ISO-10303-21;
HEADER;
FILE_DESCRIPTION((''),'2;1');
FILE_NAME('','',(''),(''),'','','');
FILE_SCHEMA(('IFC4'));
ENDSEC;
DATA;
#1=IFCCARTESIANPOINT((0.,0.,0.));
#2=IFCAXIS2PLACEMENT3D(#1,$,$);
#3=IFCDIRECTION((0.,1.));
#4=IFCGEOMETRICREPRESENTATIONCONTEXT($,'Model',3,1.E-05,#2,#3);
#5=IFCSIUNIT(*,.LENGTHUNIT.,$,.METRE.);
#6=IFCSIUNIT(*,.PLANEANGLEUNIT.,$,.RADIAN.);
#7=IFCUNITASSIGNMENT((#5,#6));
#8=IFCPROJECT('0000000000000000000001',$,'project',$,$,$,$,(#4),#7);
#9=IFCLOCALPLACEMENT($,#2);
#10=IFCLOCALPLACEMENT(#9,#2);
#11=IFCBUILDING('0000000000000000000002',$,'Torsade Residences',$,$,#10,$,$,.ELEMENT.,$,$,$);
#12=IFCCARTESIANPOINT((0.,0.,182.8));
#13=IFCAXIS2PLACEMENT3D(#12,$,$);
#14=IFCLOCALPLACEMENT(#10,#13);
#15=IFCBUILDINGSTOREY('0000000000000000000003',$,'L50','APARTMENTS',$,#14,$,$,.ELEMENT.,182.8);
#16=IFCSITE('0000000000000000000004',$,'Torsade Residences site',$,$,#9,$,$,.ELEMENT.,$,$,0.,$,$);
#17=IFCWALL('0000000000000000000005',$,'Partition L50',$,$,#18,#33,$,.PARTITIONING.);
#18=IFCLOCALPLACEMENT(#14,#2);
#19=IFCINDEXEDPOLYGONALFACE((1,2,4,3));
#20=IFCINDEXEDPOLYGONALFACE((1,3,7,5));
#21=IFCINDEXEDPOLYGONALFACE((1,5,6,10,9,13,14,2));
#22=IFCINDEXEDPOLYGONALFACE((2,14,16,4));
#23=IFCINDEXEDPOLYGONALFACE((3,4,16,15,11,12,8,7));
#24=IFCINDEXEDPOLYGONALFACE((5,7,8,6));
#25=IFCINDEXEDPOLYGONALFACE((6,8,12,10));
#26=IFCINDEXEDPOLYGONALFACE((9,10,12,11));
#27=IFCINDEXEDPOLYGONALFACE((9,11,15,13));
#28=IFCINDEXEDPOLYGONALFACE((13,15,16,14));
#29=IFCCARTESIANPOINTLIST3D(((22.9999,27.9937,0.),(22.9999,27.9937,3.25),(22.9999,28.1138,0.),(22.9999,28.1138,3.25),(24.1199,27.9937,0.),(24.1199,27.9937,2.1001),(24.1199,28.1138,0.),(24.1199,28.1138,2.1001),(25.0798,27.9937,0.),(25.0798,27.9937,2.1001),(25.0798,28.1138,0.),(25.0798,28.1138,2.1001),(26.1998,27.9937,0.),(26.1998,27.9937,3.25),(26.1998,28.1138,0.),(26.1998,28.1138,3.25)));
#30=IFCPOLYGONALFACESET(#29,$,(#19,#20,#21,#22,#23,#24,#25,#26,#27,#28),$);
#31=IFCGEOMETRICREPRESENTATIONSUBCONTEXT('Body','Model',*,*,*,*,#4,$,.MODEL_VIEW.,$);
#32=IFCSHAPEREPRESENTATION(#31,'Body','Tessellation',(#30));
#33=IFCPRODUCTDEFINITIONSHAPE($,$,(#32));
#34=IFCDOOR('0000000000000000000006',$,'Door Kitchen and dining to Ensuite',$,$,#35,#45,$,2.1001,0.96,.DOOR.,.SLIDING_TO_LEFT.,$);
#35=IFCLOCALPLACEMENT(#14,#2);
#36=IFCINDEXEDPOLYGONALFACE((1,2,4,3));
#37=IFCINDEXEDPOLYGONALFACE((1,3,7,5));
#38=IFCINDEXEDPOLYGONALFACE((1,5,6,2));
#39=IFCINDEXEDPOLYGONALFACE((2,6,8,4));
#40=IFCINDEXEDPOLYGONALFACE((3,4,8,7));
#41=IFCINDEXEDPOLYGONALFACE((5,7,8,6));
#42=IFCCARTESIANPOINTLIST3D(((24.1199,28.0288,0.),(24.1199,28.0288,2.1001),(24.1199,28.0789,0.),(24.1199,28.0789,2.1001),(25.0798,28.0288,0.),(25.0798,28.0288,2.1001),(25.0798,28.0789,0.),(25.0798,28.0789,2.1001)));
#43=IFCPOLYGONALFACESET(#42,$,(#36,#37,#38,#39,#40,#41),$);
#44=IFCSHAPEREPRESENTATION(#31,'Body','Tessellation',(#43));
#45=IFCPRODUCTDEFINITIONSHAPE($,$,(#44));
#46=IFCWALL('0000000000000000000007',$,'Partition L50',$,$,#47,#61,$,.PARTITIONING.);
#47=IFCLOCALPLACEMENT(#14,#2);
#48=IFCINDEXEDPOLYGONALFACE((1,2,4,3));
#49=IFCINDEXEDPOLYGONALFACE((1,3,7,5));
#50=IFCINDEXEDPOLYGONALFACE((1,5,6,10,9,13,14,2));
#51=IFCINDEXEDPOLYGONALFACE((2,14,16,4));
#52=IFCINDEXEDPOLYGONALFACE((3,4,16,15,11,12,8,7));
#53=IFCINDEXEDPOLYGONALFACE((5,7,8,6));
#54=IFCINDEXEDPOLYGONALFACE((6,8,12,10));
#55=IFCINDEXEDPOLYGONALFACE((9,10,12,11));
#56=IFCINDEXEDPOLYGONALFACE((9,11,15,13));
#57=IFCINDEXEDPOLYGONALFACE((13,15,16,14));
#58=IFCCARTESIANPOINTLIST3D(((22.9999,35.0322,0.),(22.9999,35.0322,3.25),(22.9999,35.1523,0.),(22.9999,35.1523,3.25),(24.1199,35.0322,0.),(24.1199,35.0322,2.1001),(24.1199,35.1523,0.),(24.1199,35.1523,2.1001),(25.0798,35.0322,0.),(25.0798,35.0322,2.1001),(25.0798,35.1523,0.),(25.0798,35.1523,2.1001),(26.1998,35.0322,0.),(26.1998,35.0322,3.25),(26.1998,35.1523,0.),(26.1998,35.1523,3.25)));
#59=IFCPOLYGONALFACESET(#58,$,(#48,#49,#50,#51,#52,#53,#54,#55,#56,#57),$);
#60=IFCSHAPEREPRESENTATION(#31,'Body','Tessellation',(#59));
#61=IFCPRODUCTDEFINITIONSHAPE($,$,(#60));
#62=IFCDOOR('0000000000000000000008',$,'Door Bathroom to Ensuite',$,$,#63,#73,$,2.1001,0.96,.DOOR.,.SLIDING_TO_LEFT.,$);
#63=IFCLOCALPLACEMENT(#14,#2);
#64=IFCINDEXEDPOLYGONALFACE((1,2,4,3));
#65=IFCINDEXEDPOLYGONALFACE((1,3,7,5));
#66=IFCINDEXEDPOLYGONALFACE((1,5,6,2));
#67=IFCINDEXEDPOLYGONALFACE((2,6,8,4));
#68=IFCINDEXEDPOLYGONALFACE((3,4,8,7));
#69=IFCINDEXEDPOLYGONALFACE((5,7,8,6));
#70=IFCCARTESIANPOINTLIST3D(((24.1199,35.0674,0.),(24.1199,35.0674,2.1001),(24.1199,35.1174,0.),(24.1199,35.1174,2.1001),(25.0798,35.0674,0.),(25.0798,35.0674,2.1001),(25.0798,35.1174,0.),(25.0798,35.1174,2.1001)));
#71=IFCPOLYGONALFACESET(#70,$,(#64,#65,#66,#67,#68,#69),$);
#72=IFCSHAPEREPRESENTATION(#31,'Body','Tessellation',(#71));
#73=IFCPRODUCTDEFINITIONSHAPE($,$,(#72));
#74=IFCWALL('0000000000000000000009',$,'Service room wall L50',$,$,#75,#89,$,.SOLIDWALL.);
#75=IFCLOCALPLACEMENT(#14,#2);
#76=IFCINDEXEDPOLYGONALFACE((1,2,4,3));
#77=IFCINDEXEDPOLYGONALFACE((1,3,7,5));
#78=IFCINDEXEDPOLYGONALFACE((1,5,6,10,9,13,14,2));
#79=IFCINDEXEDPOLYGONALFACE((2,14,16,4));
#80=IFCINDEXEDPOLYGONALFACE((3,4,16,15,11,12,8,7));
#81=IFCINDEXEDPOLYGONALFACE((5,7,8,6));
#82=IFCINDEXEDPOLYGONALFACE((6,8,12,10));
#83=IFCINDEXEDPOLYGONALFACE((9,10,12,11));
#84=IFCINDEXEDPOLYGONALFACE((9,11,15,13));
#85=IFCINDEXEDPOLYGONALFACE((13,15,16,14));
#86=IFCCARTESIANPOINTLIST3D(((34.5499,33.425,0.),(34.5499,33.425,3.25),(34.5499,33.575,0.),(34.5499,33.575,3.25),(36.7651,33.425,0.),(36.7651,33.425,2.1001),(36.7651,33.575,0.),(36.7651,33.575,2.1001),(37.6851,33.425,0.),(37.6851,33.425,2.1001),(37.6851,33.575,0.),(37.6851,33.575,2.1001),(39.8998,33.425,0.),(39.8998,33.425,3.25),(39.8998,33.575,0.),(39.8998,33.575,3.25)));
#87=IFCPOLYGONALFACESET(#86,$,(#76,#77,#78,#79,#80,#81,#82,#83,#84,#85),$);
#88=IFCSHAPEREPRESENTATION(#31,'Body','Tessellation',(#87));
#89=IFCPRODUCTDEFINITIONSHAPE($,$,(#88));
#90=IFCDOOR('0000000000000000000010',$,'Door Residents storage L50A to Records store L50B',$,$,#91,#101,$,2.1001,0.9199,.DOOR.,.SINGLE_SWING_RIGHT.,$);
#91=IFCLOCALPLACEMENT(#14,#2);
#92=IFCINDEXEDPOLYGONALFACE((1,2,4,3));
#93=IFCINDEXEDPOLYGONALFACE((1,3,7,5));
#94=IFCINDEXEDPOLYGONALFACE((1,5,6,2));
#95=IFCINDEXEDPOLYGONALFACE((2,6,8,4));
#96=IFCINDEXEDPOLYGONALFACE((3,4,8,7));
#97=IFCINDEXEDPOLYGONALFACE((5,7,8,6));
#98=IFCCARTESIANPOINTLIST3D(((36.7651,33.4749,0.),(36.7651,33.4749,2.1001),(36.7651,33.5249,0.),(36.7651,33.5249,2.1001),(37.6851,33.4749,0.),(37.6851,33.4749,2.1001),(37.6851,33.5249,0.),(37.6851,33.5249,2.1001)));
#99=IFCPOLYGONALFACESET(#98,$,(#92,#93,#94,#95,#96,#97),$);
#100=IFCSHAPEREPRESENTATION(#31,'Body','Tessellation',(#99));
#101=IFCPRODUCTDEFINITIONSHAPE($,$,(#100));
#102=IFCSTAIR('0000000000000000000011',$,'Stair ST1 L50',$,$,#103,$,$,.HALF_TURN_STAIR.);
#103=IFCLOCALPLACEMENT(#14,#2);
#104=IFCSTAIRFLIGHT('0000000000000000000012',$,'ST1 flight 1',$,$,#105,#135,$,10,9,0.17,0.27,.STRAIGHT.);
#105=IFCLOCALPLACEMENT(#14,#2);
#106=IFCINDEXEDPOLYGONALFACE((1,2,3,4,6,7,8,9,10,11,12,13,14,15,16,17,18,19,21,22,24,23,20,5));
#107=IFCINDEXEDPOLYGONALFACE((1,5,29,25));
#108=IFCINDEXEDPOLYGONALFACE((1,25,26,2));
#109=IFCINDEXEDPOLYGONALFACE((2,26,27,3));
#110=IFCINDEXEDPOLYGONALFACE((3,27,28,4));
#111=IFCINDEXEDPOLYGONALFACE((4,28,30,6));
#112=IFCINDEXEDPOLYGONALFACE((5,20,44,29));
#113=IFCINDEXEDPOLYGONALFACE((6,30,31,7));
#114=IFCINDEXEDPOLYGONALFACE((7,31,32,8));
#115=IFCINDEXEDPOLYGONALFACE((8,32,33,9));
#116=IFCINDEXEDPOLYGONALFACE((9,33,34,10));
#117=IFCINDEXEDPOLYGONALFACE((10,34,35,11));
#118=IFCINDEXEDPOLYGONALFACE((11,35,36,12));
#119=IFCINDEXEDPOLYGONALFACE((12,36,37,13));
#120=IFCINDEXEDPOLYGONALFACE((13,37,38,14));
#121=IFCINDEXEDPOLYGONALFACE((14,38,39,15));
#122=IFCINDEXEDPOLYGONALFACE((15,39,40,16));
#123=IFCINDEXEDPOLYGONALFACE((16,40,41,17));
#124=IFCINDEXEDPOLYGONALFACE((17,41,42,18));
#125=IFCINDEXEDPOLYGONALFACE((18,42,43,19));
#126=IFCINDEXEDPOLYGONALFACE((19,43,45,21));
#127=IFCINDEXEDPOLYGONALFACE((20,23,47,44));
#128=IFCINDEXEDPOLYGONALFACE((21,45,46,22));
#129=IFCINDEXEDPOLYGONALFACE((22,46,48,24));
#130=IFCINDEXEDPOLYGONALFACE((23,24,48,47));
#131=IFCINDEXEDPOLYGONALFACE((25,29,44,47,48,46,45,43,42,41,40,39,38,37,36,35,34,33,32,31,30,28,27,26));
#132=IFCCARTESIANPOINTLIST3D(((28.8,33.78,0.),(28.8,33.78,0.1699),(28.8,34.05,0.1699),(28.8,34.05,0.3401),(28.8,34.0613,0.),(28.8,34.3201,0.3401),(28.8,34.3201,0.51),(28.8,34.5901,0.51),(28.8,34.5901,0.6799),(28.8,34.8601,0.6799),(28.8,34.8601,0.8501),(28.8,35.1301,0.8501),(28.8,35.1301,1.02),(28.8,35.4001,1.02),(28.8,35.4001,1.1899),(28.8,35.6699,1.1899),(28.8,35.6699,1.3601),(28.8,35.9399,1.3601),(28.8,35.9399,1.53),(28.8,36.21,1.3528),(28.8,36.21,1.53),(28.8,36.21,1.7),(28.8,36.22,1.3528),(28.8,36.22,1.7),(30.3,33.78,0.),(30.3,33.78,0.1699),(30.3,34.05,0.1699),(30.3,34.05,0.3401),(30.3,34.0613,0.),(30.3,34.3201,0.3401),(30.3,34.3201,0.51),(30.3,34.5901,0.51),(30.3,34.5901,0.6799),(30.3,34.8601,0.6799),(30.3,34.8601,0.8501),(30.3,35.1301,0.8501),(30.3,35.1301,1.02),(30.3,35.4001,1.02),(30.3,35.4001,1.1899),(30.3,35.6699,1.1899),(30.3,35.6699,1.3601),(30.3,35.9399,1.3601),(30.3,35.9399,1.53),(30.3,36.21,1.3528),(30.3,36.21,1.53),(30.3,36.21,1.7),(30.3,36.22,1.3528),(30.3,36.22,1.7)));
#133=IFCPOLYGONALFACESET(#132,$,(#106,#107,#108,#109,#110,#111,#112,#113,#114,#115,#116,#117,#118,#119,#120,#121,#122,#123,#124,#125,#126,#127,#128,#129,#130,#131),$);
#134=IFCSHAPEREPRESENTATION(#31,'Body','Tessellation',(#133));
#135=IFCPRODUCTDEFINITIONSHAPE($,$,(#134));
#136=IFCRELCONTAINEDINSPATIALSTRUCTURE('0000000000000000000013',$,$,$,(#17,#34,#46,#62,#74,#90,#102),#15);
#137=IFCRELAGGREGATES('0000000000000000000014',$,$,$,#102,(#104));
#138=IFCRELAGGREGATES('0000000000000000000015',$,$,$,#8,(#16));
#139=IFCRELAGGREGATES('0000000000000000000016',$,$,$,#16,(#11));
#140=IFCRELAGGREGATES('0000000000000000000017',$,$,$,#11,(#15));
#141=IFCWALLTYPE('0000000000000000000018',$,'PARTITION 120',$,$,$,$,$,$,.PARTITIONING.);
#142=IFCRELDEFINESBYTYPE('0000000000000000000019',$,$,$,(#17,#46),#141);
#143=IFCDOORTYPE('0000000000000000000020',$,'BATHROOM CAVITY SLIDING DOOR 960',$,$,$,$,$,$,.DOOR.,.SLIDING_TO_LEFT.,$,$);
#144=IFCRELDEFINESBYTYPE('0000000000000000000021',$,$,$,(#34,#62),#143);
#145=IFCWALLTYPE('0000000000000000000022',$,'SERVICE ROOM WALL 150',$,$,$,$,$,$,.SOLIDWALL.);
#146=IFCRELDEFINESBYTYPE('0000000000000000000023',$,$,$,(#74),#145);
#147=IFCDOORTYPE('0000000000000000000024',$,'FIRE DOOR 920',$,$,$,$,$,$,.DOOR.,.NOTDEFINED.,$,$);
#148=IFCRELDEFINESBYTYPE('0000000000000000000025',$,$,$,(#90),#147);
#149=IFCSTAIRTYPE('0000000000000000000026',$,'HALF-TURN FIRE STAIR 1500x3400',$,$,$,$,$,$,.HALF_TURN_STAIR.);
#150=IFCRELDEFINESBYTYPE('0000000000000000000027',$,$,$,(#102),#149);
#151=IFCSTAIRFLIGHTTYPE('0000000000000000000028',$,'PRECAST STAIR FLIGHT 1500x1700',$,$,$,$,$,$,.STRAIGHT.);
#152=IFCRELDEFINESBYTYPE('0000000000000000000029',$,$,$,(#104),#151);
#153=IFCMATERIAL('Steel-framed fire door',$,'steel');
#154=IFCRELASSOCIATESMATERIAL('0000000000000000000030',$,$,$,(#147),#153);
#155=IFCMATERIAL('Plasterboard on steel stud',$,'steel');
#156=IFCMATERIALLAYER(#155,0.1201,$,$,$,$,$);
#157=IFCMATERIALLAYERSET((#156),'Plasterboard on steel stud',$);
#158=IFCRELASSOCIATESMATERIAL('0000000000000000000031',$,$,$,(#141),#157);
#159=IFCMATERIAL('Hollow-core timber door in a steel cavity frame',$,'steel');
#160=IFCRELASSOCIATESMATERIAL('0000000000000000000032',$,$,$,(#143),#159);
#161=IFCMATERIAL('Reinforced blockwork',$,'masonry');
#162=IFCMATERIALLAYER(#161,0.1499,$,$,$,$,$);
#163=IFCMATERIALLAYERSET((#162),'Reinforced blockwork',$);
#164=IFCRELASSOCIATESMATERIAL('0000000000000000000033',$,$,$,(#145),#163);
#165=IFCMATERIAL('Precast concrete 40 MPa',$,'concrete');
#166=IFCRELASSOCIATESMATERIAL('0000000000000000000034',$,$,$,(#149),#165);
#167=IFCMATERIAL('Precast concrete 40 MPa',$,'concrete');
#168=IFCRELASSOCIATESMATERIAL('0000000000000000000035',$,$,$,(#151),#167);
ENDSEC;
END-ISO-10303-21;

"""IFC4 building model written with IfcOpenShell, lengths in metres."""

from ifc_helpers import new_model, si_unit, direction, frame, frame_2d, origin, place, context, subcontext, project, spatial, polyline, rectangle, outline, extrude, material, layer, layer_set, type_object, element, fill, aggregate, save


model = new_model("IFC4")

# Units and contexts
model_context = context("Model", 3, precision=1e-05, world=origin(), true_north=direction((0.0, 1.0)))
body_context = subcontext(model_context, "Body", "Model", "MODEL_VIEW")
ifc_project = project(units=[si_unit("LENGTHUNIT", "METRE"), si_unit("PLANEANGLEUNIT", "RADIAN")], contexts=[model_context])

# Site, building, storey
site_placement = place(None, origin())
site = spatial("IfcSite", under=ifc_project, at=site_placement, Name="Torsade Residences site", CompositionType="ELEMENT", RefElevation=0.0)
building_placement = place(site_placement, origin())
building = spatial("IfcBuilding", under=site, at=building_placement, Name="Torsade Residences", CompositionType="ELEMENT")
storey_placement = place(building_placement, frame((0.0, 0.0, 182.8)))
storey = spatial("IfcBuildingStorey", under=building, at=storey_placement, Name="L50", Description="APARTMENTS", CompositionType="ELEMENT", Elevation=182.8)

# Shared definitions
ifc_material_1 = material(Name="Steel-framed fire door", Category="steel")
door_type_1 = type_object("IfcDoorType", Name="FIRE DOOR 920", OperationType="NOTDEFINED", PredefinedType="DOOR", material=ifc_material_1)

# Walls, openings, doors
ifc_material_2 = material(Name="Plasterboard on steel stud", Category="steel")
ifc_layer_1 = layer(ifc_material_2, 0.1201)
ifc_layer_set_1 = layer_set([ifc_layer_1], Name="Plasterboard on steel stud")
wall_type_1 = type_object("IfcWallType", Name="PARTITION 120", PredefinedType="PARTITIONING", material=ifc_layer_set_1)
wall_1_placement = place(storey_placement, frame((26.2, 28.0537, 0.0), z_axis=(0.0, 0.0, 1.0), x_axis=(-1.0, 0.0, 0.0)))
wall_1 = element("IfcWall", 1, at=wall_1_placement, inside=storey, type_object=wall_type_1, Name="Partition L50", PredefinedType="PARTITIONING", context=body_context, shape_type="SweptSolid", body=[
    extrude(rectangle(XDim=3.2, YDim=0.1201, at=frame_2d((1.6001, 0.0))), origin(), (0.0, 0.0, 1.0), 3.25),
])
opening_1_placement = place(wall_1_placement, frame((1.1201, 0.0, 0.0)))
opening_1 = element("IfcOpeningElement", 2, at=opening_1_placement, cuts=wall_1, PredefinedType="OPENING", context=body_context, shape_type="SweptSolid", body=[
    extrude(rectangle(XDim=0.96, YDim=2.1001, at=frame_2d((0.48, 1.05))), frame((0.0, 0.0701, 0.0), z_axis=(0.0, -1.0, 0.0), x_axis=(1.0, 0.0, 0.0)), (0.0, 0.0, 1.0), 0.1401),
])
ifc_material_3 = material(Name="Hollow-core timber door in a steel cavity frame", Category="steel")
door_type_2 = type_object("IfcDoorType", Name="BATHROOM CAVITY SLIDING DOOR 960", OperationType="SLIDING_TO_LEFT", PredefinedType="DOOR", material=ifc_material_3)
door_1_placement = place(opening_1_placement, origin())
door_1 = element("IfcDoor", 3, at=door_1_placement, inside=storey, type_object=door_type_2, Name="Door Kitchen and dining to Ensuite", OperationType="SLIDING_TO_LEFT", OverallHeight=2.1001, OverallWidth=0.96, PredefinedType="DOOR", context=body_context, shape_type="SweptSolid", body=[
    extrude(rectangle(XDim=0.96, YDim=2.1001, at=frame_2d((0.48, 1.05))), frame((0.0, 0.0249, 0.0), z_axis=(0.0, -1.0, 0.0), x_axis=(1.0, 0.0, 0.0)), (0.0, 0.0, 1.0), 0.05),
])
fill(opening_1, door_1)
wall_2_placement = place(storey_placement, frame((26.2, 35.0923, 0.0), z_axis=(0.0, 0.0, 1.0), x_axis=(-1.0, 0.0, 0.0)))
wall_2 = element("IfcWall", 4, at=wall_2_placement, inside=storey, type_object=wall_type_1, Name="Partition L50", PredefinedType="PARTITIONING", context=body_context, shape_type="SweptSolid", body=[
    extrude(rectangle(XDim=3.2, YDim=0.1201, at=frame_2d((1.6001, 0.0))), origin(), (0.0, 0.0, 1.0), 3.25),
])
opening_2_placement = place(wall_2_placement, frame((1.1201, 0.0, 0.0)))
opening_2 = element("IfcOpeningElement", 5, at=opening_2_placement, cuts=wall_2, PredefinedType="OPENING", context=body_context, shape_type="SweptSolid", body=[
    extrude(rectangle(XDim=0.96, YDim=2.1001, at=frame_2d((0.48, 1.05))), frame((0.0, 0.0701, 0.0), z_axis=(0.0, -1.0, 0.0), x_axis=(1.0, 0.0, 0.0)), (0.0, 0.0, 1.0), 0.1401),
])
door_2_placement = place(opening_2_placement, origin())
door_2 = element("IfcDoor", 6, at=door_2_placement, inside=storey, type_object=door_type_2, Name="Door Bathroom to Ensuite", OperationType="SLIDING_TO_LEFT", OverallHeight=2.1001, OverallWidth=0.96, PredefinedType="DOOR", context=body_context, shape_type="SweptSolid", body=[
    extrude(rectangle(XDim=0.96, YDim=2.1001, at=frame_2d((0.48, 1.05))), frame((0.0, 0.0249, 0.0), z_axis=(0.0, -1.0, 0.0), x_axis=(1.0, 0.0, 0.0)), (0.0, 0.0, 1.0), 0.05),
])
fill(opening_2, door_2)
ifc_material_4 = material(Name="Reinforced blockwork", Category="masonry")
ifc_layer_2 = layer(ifc_material_4, 0.1499)
ifc_layer_set_2 = layer_set([ifc_layer_2], Name="Reinforced blockwork")
wall_type_2 = type_object("IfcWallType", Name="SERVICE ROOM WALL 150", PredefinedType="SOLIDWALL", material=ifc_layer_set_2)
wall_3_placement = place(storey_placement, frame((34.55, 33.5, 0.0), z_axis=(0.0, 0.0, 1.0), x_axis=(1.0, 0.0, 0.0)))
wall_3 = element("IfcWall", 7, at=wall_3_placement, inside=storey, type_object=wall_type_2, Name="Service room wall L50", PredefinedType="SOLIDWALL", context=body_context, shape_type="SweptSolid", body=[
    extrude(rectangle(XDim=5.3499, YDim=0.1499, at=frame_2d((2.6748, 0.0))), origin(), (0.0, 0.0, 1.0), 3.25),
])
opening_3_placement = place(wall_3_placement, frame((2.2151, 0.0, 0.0)))
opening_3 = element("IfcOpeningElement", 8, at=opening_3_placement, cuts=wall_3, PredefinedType="OPENING", context=body_context, shape_type="SweptSolid", body=[
    extrude(rectangle(XDim=0.9199, YDim=2.1001, at=frame_2d((0.46, 1.05))), frame((0.0, 0.085, 0.0), z_axis=(0.0, -1.0, 0.0), x_axis=(1.0, 0.0, 0.0)), (0.0, 0.0, 1.0), 0.1699),
])
door_3_placement = place(opening_3_placement, origin())
door_3 = element("IfcDoor", 9, at=door_3_placement, inside=storey, type_object=door_type_1, Name="Door Residents storage L50A to Records store L50B", OperationType="SINGLE_SWING_RIGHT", OverallHeight=2.1001, OverallWidth=0.9199, PredefinedType="DOOR", context=body_context, shape_type="SweptSolid", body=[
    extrude(rectangle(XDim=0.9199, YDim=2.1001, at=frame_2d((0.46, 1.05))), frame((0.0, 0.0249, 0.0), z_axis=(0.0, -1.0, 0.0), x_axis=(1.0, 0.0, 0.0)), (0.0, 0.0, 1.0), 0.05),
])
fill(opening_3, door_3)

# Stair, stair flight
ifc_material_5 = material(Name="Precast concrete 40 MPa", Category="concrete")
stair_type = type_object("IfcStairType", Name="HALF-TURN FIRE STAIR 1500x3400", PredefinedType="HALF_TURN_STAIR", material=ifc_material_5)
stair_placement = place(storey_placement, origin())
stair = element("IfcStair", 10, at=stair_placement, inside=storey, type_object=stair_type, Name="Stair ST1 L50", PredefinedType="HALF_TURN_STAIR")
ifc_material_6 = material(Name="Precast concrete 40 MPa", Category="concrete")
stair_flight_type = type_object("IfcStairFlightType", Name="PRECAST STAIR FLIGHT 1500x1700", PredefinedType="STRAIGHT", material=ifc_material_6)
stair_flight_placement = place(storey_placement, frame((29.55, 33.78, 0.0), z_axis=(0.0, 0.0, 1.0), x_axis=(0.0, 1.0, 0.0)))
stair_flight = element("IfcStairFlight", 11, at=stair_flight_placement, type_object=stair_flight_type, Name="ST1 flight 1", NumberOfRisers=10, NumberOfTreads=9, PredefinedType="STRAIGHT", RiserHeight=0.17, TreadLength=0.27, context=body_context, shape_type="SweptSolid", body=[
    extrude(outline(polyline([(0.0, 0.0), (0.0, 0.1699), (0.27, 0.1699), (0.27, 0.3401), (0.54, 0.3401), (0.54, 0.51), (0.8101, 0.51), (0.8101, 0.6799), (1.0801, 0.6799), (1.0801, 0.8501), (1.3501, 0.8501), (1.3501, 1.02), (1.6201, 1.02), (1.6201, 1.1899), (1.8899, 1.1899), (1.8899, 1.3601), (2.1599, 1.3601), (2.1599, 1.53), (2.4299, 1.53), (2.4299, 1.7), (2.4399, 1.7), (2.4399, 1.3528), (2.4299, 1.3528), (0.2812, 0.0), (0.0, 0.0)])), frame((0.0, 0.75, 0.0), z_axis=(0.0, -1.0, 0.0), x_axis=(1.0, 0.0, 0.0)), (0.0, 0.0, 1.0), 1.5),
])
aggregate(stair, [stair_flight])

save(model, "model.ifc")
